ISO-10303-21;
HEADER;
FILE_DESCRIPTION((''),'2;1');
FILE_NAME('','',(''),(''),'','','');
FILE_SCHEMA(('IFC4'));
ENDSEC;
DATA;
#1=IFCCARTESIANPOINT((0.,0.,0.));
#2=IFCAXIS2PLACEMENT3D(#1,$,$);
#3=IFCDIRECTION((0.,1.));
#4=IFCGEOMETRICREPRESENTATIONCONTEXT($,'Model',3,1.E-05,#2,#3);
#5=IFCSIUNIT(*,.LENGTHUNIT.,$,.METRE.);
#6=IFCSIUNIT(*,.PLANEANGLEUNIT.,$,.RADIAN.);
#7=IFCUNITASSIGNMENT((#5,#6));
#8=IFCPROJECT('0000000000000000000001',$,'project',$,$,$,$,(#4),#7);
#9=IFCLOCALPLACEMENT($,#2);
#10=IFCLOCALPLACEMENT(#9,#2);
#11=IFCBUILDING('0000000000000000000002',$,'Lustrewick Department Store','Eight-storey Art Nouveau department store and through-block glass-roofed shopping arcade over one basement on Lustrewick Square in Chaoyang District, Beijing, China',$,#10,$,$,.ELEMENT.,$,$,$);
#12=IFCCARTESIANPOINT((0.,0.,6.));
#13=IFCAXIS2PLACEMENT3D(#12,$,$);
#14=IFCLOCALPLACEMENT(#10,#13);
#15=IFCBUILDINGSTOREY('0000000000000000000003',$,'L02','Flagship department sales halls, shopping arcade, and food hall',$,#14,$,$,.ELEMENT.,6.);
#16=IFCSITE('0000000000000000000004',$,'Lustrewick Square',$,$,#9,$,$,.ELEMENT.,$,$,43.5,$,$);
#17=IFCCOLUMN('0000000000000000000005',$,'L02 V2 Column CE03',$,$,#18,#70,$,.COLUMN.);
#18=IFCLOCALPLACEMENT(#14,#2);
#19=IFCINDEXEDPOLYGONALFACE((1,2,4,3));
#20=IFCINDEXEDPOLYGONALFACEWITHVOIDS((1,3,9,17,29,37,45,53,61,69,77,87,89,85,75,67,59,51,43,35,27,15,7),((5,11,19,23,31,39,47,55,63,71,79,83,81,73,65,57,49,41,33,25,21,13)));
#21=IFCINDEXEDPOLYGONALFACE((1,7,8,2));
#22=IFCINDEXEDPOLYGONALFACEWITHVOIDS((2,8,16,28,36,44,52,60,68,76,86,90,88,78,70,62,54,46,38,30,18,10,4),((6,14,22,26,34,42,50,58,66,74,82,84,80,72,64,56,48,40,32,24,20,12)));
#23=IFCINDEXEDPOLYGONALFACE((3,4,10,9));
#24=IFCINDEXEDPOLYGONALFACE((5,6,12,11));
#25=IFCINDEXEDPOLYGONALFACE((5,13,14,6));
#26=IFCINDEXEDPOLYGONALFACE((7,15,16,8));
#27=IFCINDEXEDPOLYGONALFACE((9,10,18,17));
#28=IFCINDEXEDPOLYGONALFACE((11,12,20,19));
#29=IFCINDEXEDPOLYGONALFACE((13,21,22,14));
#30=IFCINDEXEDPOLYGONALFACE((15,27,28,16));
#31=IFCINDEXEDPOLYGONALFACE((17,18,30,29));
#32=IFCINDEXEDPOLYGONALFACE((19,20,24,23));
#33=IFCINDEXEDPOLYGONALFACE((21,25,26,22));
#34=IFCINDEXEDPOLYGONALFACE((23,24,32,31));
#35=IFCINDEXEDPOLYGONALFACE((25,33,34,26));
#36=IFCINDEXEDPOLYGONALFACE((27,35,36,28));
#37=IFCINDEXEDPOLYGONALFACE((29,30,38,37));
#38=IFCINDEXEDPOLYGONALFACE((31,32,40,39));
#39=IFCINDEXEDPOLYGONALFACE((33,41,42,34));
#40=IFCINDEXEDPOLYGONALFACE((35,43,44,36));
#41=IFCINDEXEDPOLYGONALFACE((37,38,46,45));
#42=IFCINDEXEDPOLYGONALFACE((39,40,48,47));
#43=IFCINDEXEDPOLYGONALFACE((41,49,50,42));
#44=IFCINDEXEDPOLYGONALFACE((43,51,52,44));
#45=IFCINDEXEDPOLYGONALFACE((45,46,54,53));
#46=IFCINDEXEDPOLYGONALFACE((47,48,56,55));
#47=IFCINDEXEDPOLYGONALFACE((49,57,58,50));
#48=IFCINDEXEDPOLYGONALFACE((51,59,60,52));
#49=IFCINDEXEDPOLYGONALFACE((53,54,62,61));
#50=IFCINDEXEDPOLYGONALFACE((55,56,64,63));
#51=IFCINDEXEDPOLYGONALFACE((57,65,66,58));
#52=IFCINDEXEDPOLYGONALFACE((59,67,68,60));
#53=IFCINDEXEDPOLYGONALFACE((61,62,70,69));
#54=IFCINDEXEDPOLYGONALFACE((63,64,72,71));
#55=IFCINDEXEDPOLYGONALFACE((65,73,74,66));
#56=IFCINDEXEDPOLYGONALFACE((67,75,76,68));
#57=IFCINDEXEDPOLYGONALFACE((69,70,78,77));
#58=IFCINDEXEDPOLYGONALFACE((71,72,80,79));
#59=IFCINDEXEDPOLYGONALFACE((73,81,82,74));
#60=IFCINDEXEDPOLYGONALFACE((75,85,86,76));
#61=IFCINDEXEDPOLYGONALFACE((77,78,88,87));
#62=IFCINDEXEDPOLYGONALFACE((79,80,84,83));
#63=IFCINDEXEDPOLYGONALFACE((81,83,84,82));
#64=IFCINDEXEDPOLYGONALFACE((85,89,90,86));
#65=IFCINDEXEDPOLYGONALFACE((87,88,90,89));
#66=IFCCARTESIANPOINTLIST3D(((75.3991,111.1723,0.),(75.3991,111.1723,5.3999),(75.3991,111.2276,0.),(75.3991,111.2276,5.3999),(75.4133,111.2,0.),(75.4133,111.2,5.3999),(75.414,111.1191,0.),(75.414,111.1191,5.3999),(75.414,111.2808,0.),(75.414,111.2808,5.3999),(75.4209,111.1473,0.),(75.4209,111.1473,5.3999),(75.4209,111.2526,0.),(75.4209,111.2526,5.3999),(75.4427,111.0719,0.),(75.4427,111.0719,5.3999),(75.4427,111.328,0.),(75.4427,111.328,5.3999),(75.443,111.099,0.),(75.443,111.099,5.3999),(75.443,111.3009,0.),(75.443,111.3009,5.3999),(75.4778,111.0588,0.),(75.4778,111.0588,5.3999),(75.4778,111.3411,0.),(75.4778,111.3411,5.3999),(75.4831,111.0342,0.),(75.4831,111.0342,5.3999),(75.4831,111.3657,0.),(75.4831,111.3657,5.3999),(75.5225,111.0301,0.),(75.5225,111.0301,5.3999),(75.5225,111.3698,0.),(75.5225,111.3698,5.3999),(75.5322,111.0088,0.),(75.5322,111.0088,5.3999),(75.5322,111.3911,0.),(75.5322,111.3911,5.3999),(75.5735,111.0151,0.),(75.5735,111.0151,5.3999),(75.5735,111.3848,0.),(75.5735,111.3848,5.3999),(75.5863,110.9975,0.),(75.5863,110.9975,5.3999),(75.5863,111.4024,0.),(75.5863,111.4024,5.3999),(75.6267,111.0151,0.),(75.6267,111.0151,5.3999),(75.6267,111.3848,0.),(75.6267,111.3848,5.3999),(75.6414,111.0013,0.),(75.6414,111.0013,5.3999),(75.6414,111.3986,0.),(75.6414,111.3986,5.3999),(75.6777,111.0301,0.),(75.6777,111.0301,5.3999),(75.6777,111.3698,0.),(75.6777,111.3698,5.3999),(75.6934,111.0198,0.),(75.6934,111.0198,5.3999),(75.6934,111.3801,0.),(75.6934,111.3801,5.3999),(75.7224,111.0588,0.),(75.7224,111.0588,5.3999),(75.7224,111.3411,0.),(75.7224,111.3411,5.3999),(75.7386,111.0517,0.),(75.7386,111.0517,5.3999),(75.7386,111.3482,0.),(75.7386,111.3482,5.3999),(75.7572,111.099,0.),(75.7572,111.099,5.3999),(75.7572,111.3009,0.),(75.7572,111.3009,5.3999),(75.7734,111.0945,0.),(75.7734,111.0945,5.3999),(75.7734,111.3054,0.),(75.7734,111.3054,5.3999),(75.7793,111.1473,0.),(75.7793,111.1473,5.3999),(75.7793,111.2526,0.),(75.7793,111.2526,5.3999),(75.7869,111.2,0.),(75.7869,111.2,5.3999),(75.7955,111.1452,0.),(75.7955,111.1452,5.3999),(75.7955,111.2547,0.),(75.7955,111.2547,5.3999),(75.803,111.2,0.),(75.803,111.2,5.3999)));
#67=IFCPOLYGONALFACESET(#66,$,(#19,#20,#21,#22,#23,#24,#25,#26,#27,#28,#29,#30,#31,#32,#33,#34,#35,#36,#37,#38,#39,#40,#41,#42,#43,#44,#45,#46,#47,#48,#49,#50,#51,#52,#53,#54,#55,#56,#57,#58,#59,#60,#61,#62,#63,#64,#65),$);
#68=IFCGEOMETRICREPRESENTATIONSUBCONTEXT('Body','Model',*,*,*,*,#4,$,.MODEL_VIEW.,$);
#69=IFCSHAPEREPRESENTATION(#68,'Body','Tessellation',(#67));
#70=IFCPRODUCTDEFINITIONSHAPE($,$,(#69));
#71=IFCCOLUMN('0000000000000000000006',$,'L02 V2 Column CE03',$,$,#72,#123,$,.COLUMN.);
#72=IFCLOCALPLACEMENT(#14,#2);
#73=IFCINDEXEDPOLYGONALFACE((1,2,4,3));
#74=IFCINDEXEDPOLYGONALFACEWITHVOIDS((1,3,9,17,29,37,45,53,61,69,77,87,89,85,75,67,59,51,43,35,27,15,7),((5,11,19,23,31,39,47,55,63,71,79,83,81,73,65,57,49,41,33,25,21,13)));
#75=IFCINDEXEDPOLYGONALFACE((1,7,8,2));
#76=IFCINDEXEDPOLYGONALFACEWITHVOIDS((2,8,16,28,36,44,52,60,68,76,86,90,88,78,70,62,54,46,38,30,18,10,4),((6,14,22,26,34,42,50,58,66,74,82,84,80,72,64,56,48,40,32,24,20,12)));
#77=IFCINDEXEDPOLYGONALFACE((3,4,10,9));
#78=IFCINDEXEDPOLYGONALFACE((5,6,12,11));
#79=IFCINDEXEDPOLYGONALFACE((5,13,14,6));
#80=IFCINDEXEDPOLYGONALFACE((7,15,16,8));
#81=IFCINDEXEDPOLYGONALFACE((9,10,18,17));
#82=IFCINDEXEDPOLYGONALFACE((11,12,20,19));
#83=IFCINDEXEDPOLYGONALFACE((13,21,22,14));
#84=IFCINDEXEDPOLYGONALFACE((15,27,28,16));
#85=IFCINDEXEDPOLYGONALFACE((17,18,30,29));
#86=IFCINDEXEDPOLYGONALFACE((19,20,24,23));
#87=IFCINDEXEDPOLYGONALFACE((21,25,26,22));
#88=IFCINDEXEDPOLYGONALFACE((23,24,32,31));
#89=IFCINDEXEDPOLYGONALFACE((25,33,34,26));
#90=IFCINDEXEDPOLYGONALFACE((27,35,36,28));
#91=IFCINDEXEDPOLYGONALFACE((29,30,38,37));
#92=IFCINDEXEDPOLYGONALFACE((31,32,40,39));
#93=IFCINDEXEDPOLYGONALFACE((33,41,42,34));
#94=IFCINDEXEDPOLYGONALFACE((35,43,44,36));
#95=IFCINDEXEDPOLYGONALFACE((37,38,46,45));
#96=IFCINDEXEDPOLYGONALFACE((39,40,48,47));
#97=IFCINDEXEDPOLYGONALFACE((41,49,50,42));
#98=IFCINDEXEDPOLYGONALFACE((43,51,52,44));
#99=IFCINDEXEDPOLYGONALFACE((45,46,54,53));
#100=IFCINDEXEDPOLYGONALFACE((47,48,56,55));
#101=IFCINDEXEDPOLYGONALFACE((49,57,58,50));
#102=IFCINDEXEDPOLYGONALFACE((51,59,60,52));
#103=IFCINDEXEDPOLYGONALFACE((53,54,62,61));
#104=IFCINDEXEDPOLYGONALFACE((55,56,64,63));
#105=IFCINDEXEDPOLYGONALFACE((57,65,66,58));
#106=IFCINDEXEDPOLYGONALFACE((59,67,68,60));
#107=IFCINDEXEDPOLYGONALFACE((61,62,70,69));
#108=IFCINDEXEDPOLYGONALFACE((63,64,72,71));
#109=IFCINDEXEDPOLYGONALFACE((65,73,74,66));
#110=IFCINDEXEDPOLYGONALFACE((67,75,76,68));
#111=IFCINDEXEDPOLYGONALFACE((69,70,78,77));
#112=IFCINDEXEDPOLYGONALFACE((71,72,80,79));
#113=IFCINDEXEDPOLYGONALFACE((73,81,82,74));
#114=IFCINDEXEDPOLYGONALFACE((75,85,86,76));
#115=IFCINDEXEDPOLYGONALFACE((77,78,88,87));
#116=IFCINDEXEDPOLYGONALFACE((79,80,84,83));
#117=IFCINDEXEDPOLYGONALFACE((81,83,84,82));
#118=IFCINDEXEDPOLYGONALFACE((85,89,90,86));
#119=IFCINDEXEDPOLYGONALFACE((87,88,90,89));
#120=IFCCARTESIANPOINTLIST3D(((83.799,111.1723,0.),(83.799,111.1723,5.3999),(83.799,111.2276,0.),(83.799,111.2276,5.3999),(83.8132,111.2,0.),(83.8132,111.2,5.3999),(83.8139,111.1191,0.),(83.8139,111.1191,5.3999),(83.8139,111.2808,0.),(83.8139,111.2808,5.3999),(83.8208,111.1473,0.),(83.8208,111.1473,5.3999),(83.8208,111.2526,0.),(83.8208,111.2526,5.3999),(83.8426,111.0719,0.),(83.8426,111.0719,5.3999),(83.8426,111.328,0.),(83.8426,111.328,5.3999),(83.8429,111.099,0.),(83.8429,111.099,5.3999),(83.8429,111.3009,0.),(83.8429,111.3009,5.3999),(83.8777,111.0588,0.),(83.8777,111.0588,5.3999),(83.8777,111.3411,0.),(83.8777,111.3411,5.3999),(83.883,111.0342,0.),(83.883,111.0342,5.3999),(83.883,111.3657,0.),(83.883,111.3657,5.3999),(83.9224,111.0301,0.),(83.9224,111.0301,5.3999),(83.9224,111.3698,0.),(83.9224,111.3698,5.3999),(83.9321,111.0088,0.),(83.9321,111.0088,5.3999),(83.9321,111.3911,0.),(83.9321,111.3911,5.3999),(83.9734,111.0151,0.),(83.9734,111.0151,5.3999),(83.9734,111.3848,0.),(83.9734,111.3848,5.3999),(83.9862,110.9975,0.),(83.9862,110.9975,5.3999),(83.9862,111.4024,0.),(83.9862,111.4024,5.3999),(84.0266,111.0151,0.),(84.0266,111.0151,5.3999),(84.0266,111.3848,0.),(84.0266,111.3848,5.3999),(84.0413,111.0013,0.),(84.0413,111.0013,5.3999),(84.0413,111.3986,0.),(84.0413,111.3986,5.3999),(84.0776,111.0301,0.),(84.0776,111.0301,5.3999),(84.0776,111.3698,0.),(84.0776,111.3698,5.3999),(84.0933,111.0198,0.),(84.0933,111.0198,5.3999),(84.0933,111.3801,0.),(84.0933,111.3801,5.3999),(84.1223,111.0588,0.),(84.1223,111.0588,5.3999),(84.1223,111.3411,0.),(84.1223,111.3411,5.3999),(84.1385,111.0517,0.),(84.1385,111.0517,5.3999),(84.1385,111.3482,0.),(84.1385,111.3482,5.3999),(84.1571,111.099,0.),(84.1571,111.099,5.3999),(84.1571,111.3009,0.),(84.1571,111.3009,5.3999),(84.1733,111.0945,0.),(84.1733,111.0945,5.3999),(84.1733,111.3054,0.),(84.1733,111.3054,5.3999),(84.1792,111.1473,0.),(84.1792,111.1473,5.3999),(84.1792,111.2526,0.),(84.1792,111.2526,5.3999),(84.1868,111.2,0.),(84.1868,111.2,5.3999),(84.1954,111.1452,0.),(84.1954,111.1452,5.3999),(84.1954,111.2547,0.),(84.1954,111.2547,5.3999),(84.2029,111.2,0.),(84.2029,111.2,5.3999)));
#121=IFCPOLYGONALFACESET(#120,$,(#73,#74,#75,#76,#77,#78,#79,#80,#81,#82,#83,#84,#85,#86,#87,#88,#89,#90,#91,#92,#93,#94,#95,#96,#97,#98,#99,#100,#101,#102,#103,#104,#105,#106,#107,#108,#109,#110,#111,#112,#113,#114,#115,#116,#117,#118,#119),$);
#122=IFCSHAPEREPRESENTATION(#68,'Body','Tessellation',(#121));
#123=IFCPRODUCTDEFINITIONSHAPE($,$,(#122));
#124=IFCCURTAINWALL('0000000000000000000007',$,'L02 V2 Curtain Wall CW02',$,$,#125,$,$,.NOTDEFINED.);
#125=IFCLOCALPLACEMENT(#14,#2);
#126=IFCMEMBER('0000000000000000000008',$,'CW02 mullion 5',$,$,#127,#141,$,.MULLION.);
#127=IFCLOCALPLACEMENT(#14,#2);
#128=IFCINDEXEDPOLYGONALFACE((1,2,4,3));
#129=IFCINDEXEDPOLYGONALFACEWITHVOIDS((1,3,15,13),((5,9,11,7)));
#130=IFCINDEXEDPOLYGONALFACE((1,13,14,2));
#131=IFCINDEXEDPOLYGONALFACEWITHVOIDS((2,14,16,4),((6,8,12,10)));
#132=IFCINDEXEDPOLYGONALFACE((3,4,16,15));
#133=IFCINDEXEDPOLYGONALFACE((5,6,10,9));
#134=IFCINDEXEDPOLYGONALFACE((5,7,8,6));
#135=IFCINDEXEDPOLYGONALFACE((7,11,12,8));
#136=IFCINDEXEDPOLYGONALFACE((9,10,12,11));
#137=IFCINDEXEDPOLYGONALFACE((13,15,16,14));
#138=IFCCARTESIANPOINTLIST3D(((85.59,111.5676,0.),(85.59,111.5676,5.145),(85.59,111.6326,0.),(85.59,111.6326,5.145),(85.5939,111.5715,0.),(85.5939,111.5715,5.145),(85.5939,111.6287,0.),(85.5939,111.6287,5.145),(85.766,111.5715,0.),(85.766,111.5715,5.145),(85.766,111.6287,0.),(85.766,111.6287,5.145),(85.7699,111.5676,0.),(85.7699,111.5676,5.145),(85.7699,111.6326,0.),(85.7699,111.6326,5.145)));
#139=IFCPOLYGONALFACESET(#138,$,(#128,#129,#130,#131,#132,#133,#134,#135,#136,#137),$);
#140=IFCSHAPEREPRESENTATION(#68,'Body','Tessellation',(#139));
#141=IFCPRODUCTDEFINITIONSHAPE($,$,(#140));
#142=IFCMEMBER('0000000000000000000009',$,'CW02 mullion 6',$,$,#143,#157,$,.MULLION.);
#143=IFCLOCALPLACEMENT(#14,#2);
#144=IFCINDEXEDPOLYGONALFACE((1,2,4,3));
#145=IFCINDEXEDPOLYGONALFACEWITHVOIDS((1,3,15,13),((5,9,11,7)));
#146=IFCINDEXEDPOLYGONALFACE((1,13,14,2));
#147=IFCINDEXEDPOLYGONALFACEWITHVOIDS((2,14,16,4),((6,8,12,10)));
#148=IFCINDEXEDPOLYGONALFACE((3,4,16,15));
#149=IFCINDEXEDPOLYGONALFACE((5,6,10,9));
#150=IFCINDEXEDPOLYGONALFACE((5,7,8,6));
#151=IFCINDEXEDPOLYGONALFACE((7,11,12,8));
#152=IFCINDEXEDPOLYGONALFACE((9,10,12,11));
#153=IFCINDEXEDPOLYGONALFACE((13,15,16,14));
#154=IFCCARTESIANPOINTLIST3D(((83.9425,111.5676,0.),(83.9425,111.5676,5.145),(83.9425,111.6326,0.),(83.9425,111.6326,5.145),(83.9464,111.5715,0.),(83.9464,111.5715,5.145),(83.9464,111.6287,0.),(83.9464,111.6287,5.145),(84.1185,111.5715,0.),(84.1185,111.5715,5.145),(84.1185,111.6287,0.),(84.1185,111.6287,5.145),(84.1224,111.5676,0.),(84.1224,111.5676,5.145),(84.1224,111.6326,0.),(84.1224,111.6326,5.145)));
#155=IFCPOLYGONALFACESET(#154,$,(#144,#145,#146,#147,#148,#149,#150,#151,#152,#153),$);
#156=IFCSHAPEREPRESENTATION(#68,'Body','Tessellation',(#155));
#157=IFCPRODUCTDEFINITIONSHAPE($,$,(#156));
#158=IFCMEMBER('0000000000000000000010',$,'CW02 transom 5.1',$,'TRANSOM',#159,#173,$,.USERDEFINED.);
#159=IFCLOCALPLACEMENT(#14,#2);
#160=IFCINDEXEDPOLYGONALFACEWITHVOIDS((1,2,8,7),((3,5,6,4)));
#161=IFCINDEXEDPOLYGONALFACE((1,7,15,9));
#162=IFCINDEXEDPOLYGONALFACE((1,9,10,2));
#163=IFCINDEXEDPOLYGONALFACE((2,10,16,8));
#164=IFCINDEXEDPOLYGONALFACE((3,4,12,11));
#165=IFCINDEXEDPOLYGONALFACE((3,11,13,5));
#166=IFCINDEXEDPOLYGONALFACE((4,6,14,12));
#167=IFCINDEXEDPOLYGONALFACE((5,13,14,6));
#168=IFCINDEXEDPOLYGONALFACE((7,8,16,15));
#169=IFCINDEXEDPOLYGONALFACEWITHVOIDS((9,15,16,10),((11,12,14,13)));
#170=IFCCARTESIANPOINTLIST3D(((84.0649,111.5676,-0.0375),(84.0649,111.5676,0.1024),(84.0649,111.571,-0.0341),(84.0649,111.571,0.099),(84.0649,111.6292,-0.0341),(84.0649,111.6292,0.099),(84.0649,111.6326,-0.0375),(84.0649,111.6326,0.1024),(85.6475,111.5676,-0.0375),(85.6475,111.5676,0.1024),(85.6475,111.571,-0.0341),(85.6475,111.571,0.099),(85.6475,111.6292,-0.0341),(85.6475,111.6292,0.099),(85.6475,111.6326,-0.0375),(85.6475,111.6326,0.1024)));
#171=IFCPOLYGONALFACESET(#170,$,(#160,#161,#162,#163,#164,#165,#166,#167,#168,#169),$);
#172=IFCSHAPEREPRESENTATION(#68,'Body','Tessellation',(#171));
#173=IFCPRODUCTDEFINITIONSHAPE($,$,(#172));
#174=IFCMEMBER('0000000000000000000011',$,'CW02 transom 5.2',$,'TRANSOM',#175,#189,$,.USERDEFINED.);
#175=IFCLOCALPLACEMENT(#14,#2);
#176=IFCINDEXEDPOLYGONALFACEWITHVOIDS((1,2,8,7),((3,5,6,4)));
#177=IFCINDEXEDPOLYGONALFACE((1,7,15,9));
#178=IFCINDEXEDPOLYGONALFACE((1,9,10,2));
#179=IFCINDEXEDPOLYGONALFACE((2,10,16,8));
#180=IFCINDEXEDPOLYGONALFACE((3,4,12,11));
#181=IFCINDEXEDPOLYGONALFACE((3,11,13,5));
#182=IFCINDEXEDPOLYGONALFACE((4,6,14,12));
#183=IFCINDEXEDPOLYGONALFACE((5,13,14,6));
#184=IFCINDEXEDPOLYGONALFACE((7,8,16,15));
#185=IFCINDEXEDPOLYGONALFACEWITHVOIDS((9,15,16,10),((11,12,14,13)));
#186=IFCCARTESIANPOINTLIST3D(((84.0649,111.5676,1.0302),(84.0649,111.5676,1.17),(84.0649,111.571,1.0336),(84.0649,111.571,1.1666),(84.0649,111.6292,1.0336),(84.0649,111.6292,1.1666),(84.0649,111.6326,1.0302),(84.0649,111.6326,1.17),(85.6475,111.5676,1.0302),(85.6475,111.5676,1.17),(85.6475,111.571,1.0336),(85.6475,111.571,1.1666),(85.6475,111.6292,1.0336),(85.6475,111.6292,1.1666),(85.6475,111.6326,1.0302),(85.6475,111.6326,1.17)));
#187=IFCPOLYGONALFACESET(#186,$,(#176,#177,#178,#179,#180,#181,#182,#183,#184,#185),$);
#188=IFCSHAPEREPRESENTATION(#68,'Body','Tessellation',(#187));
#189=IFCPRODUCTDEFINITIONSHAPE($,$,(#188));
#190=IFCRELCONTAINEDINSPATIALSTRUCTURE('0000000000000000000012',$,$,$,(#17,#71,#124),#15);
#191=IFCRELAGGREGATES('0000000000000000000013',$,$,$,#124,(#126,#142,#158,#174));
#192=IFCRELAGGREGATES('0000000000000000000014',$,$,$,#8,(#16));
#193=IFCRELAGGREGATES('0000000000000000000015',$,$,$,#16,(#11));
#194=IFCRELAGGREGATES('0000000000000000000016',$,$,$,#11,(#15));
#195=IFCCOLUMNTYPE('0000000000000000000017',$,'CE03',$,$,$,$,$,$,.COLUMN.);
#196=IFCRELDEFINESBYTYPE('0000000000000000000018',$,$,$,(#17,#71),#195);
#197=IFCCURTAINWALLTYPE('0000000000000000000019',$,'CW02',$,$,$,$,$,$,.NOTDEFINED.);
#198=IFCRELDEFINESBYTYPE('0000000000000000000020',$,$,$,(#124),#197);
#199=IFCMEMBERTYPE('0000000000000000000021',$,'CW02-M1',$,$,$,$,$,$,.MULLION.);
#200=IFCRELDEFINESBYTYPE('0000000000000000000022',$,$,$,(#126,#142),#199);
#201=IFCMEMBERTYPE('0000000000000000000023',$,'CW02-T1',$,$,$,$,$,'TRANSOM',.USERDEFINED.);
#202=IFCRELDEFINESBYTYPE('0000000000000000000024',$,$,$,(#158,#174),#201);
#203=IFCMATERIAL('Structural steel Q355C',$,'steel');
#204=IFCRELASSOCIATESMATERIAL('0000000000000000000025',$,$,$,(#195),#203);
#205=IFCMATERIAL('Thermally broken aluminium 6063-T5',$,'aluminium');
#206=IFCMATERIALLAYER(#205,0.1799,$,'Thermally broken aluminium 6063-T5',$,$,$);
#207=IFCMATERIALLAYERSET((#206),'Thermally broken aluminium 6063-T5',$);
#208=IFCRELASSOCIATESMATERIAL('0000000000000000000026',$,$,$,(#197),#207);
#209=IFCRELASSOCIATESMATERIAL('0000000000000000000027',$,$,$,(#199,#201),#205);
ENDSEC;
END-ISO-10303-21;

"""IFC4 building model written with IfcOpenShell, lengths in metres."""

from ifc_helpers import new_model, si_unit, direction, frame, origin, origin_2d, place, context, subcontext, project, spatial, hollow_rectangle, hollow_circle, extrude, material, layer, layer_set, material_profile, profile_set, type_object, element, aggregate, save


model = new_model("IFC4")

# Units and contexts
model_context = context("Model", 3, precision=1e-05, world=origin(), true_north=direction((0.0, 1.0)))
body_context = subcontext(model_context, "Body", "Model", "MODEL_VIEW")
ifc_project = project(units=[si_unit("LENGTHUNIT", "METRE"), si_unit("PLANEANGLEUNIT", "RADIAN")], contexts=[model_context])

# Site, building, storey
site_placement = place(None, origin())
site = spatial("IfcSite", under=ifc_project, at=site_placement, Name="Lustrewick Square", CompositionType="ELEMENT", RefElevation=43.5)
building_placement = place(site_placement, origin())
building = spatial("IfcBuilding", under=site, at=building_placement, Name="Lustrewick Department Store", Description="Eight-storey Art Nouveau department store and through-block glass-roofed shopping arcade over one basement on Lustrewick Square in Chaoyang District, Beijing, China", CompositionType="ELEMENT")
storey_placement = place(building_placement, frame((0.0, 0.0, 6.0)))
storey = spatial("IfcBuildingStorey", under=building, at=storey_placement, Name="L02", Description="Flagship department sales halls, shopping arcade, and food hall", CompositionType="ELEMENT", Elevation=6.0)

# Columns
ifc_material_1 = material(Name="Structural steel Q355C", Category="steel")
ifc_material_profile_1 = material_profile(ifc_material_1, hollow_circle(Radius=0.2029, WallThickness=0.0161, at=origin_2d()), Name="CHS 406x16")
ifc_profile_set_1 = profile_set([ifc_material_profile_1], Name="Structural steel Q355C")
column_type = type_object("IfcColumnType", Name="CE03", PredefinedType="COLUMN", material=ifc_profile_set_1)
for number, where, z_axis, x_axis, name in (
    (1, (75.6001, 111.2, 0.0), (0.0, 0.0, 1.0), (1.0, 0.0, 0.0), "L02 V2 Column CE03"),
    (2, (84.0, 111.2, 0.0), (0.0, 0.0, 1.0), (1.0, 0.0, 0.0), "L02 V2 Column CE03"),
):
    element("IfcColumn", number, at=place(storey_placement, frame(where, z_axis=z_axis, x_axis=x_axis)), inside=storey, type_object=column_type, Name=name, PredefinedType="COLUMN", context=body_context, shape_type="SweptSolid", body=[
        extrude(hollow_circle(Radius=0.2029, WallThickness=0.0161, at=origin_2d()), origin(), (0.0, 0.0, 1.0), 5.3999),
    ])

# Curtain wall, members
ifc_material_2 = material(Name="Thermally broken aluminium 6063-T5", Category="aluminium")
ifc_layer_1 = layer(ifc_material_2, 0.1799, Name="Thermally broken aluminium 6063-T5")
ifc_layer_set_1 = layer_set([ifc_layer_1], Name="Thermally broken aluminium 6063-T5")
curtain_wall_type_1 = type_object("IfcCurtainWallType", Name="CW02", PredefinedType="NOTDEFINED", material=ifc_layer_set_1)
curtain_wall_1_placement = place(storey_placement, origin())
curtain_wall_1 = element("IfcCurtainWall", 3, at=curtain_wall_1_placement, inside=storey, type_object=curtain_wall_type_1, Name="L02 V2 Curtain Wall CW02", PredefinedType="NOTDEFINED")
ifc_material_profile_2 = material_profile(ifc_material_2, hollow_rectangle(XDim=0.0649, YDim=0.1799, WallThickness=0.0039, at=origin_2d()), Name="ALU-M 65x180x4")
ifc_profile_set_2 = profile_set([ifc_material_profile_2], Name="Thermally broken aluminium 6063-T5")
member_type_1 = type_object("IfcMemberType", Name="CW02-M1", PredefinedType="MULLION", material=ifc_profile_set_2)
member_1_placement = place(storey_placement, frame((85.6799, 111.6001, 0.0), z_axis=(0.0, 0.0, 1.0), x_axis=(0.0, -1.0, 0.0)))
member_1 = element("IfcMember", 4, at=member_1_placement, type_object=member_type_1, Name="CW02 mullion 5", PredefinedType="MULLION", context=body_context, shape_type="SweptSolid", body=[
    extrude(hollow_rectangle(XDim=0.0649, YDim=0.1799, WallThickness=0.0039, at=origin_2d()), origin(), (0.0, 0.0, 1.0), 5.145),
])
member_2_placement = place(storey_placement, frame((84.0325, 111.6001, 0.0), z_axis=(0.0, 0.0, 1.0), x_axis=(0.0, -1.0, 0.0)))
member_2 = element("IfcMember", 5, at=member_2_placement, type_object=member_type_1, Name="CW02 mullion 6", PredefinedType="MULLION", context=body_context, shape_type="SweptSolid", body=[
    extrude(hollow_rectangle(XDim=0.0649, YDim=0.1799, WallThickness=0.0039, at=origin_2d()), origin(), (0.0, 0.0, 1.0), 5.145),
])
ifc_material_profile_3 = material_profile(ifc_material_2, hollow_rectangle(XDim=0.0649, YDim=0.1399, WallThickness=0.0034, at=origin_2d()), Name="ALU-T 65x140x3.5")
ifc_profile_set_3 = profile_set([ifc_material_profile_3], Name="Thermally broken aluminium 6063-T5")
member_type_2 = type_object("IfcMemberType", Name="CW02-T1", ElementType="TRANSOM", PredefinedType="USERDEFINED", material=ifc_profile_set_3)
member_3_placement = place(storey_placement, frame((85.6475, 111.6001, 0.0325), z_axis=(-1.0, 0.0, 0.0), x_axis=(0.0, -1.0, 0.0)))
member_3 = element("IfcMember", 6, at=member_3_placement, type_object=member_type_2, Name="CW02 transom 5.1", ObjectType="TRANSOM", PredefinedType="USERDEFINED", context=body_context, shape_type="SweptSolid", body=[
    extrude(hollow_rectangle(XDim=0.0649, YDim=0.1399, WallThickness=0.0034, at=origin_2d()), origin(), (0.0, 0.0, 1.0), 1.5825),
])
member_4_placement = place(storey_placement, frame((85.6475, 111.6001, 1.1001), z_axis=(-1.0, 0.0, 0.0), x_axis=(0.0, -1.0, 0.0)))
member_4 = element("IfcMember", 7, at=member_4_placement, type_object=member_type_2, Name="CW02 transom 5.2", ObjectType="TRANSOM", PredefinedType="USERDEFINED", context=body_context, shape_type="SweptSolid", body=[
    extrude(hollow_rectangle(XDim=0.0649, YDim=0.1399, WallThickness=0.0034, at=origin_2d()), origin(), (0.0, 0.0, 1.0), 1.5825),
])

aggregate(curtain_wall_1, [member_1, member_2, member_3, member_4])

save(model, "model.ifc")
